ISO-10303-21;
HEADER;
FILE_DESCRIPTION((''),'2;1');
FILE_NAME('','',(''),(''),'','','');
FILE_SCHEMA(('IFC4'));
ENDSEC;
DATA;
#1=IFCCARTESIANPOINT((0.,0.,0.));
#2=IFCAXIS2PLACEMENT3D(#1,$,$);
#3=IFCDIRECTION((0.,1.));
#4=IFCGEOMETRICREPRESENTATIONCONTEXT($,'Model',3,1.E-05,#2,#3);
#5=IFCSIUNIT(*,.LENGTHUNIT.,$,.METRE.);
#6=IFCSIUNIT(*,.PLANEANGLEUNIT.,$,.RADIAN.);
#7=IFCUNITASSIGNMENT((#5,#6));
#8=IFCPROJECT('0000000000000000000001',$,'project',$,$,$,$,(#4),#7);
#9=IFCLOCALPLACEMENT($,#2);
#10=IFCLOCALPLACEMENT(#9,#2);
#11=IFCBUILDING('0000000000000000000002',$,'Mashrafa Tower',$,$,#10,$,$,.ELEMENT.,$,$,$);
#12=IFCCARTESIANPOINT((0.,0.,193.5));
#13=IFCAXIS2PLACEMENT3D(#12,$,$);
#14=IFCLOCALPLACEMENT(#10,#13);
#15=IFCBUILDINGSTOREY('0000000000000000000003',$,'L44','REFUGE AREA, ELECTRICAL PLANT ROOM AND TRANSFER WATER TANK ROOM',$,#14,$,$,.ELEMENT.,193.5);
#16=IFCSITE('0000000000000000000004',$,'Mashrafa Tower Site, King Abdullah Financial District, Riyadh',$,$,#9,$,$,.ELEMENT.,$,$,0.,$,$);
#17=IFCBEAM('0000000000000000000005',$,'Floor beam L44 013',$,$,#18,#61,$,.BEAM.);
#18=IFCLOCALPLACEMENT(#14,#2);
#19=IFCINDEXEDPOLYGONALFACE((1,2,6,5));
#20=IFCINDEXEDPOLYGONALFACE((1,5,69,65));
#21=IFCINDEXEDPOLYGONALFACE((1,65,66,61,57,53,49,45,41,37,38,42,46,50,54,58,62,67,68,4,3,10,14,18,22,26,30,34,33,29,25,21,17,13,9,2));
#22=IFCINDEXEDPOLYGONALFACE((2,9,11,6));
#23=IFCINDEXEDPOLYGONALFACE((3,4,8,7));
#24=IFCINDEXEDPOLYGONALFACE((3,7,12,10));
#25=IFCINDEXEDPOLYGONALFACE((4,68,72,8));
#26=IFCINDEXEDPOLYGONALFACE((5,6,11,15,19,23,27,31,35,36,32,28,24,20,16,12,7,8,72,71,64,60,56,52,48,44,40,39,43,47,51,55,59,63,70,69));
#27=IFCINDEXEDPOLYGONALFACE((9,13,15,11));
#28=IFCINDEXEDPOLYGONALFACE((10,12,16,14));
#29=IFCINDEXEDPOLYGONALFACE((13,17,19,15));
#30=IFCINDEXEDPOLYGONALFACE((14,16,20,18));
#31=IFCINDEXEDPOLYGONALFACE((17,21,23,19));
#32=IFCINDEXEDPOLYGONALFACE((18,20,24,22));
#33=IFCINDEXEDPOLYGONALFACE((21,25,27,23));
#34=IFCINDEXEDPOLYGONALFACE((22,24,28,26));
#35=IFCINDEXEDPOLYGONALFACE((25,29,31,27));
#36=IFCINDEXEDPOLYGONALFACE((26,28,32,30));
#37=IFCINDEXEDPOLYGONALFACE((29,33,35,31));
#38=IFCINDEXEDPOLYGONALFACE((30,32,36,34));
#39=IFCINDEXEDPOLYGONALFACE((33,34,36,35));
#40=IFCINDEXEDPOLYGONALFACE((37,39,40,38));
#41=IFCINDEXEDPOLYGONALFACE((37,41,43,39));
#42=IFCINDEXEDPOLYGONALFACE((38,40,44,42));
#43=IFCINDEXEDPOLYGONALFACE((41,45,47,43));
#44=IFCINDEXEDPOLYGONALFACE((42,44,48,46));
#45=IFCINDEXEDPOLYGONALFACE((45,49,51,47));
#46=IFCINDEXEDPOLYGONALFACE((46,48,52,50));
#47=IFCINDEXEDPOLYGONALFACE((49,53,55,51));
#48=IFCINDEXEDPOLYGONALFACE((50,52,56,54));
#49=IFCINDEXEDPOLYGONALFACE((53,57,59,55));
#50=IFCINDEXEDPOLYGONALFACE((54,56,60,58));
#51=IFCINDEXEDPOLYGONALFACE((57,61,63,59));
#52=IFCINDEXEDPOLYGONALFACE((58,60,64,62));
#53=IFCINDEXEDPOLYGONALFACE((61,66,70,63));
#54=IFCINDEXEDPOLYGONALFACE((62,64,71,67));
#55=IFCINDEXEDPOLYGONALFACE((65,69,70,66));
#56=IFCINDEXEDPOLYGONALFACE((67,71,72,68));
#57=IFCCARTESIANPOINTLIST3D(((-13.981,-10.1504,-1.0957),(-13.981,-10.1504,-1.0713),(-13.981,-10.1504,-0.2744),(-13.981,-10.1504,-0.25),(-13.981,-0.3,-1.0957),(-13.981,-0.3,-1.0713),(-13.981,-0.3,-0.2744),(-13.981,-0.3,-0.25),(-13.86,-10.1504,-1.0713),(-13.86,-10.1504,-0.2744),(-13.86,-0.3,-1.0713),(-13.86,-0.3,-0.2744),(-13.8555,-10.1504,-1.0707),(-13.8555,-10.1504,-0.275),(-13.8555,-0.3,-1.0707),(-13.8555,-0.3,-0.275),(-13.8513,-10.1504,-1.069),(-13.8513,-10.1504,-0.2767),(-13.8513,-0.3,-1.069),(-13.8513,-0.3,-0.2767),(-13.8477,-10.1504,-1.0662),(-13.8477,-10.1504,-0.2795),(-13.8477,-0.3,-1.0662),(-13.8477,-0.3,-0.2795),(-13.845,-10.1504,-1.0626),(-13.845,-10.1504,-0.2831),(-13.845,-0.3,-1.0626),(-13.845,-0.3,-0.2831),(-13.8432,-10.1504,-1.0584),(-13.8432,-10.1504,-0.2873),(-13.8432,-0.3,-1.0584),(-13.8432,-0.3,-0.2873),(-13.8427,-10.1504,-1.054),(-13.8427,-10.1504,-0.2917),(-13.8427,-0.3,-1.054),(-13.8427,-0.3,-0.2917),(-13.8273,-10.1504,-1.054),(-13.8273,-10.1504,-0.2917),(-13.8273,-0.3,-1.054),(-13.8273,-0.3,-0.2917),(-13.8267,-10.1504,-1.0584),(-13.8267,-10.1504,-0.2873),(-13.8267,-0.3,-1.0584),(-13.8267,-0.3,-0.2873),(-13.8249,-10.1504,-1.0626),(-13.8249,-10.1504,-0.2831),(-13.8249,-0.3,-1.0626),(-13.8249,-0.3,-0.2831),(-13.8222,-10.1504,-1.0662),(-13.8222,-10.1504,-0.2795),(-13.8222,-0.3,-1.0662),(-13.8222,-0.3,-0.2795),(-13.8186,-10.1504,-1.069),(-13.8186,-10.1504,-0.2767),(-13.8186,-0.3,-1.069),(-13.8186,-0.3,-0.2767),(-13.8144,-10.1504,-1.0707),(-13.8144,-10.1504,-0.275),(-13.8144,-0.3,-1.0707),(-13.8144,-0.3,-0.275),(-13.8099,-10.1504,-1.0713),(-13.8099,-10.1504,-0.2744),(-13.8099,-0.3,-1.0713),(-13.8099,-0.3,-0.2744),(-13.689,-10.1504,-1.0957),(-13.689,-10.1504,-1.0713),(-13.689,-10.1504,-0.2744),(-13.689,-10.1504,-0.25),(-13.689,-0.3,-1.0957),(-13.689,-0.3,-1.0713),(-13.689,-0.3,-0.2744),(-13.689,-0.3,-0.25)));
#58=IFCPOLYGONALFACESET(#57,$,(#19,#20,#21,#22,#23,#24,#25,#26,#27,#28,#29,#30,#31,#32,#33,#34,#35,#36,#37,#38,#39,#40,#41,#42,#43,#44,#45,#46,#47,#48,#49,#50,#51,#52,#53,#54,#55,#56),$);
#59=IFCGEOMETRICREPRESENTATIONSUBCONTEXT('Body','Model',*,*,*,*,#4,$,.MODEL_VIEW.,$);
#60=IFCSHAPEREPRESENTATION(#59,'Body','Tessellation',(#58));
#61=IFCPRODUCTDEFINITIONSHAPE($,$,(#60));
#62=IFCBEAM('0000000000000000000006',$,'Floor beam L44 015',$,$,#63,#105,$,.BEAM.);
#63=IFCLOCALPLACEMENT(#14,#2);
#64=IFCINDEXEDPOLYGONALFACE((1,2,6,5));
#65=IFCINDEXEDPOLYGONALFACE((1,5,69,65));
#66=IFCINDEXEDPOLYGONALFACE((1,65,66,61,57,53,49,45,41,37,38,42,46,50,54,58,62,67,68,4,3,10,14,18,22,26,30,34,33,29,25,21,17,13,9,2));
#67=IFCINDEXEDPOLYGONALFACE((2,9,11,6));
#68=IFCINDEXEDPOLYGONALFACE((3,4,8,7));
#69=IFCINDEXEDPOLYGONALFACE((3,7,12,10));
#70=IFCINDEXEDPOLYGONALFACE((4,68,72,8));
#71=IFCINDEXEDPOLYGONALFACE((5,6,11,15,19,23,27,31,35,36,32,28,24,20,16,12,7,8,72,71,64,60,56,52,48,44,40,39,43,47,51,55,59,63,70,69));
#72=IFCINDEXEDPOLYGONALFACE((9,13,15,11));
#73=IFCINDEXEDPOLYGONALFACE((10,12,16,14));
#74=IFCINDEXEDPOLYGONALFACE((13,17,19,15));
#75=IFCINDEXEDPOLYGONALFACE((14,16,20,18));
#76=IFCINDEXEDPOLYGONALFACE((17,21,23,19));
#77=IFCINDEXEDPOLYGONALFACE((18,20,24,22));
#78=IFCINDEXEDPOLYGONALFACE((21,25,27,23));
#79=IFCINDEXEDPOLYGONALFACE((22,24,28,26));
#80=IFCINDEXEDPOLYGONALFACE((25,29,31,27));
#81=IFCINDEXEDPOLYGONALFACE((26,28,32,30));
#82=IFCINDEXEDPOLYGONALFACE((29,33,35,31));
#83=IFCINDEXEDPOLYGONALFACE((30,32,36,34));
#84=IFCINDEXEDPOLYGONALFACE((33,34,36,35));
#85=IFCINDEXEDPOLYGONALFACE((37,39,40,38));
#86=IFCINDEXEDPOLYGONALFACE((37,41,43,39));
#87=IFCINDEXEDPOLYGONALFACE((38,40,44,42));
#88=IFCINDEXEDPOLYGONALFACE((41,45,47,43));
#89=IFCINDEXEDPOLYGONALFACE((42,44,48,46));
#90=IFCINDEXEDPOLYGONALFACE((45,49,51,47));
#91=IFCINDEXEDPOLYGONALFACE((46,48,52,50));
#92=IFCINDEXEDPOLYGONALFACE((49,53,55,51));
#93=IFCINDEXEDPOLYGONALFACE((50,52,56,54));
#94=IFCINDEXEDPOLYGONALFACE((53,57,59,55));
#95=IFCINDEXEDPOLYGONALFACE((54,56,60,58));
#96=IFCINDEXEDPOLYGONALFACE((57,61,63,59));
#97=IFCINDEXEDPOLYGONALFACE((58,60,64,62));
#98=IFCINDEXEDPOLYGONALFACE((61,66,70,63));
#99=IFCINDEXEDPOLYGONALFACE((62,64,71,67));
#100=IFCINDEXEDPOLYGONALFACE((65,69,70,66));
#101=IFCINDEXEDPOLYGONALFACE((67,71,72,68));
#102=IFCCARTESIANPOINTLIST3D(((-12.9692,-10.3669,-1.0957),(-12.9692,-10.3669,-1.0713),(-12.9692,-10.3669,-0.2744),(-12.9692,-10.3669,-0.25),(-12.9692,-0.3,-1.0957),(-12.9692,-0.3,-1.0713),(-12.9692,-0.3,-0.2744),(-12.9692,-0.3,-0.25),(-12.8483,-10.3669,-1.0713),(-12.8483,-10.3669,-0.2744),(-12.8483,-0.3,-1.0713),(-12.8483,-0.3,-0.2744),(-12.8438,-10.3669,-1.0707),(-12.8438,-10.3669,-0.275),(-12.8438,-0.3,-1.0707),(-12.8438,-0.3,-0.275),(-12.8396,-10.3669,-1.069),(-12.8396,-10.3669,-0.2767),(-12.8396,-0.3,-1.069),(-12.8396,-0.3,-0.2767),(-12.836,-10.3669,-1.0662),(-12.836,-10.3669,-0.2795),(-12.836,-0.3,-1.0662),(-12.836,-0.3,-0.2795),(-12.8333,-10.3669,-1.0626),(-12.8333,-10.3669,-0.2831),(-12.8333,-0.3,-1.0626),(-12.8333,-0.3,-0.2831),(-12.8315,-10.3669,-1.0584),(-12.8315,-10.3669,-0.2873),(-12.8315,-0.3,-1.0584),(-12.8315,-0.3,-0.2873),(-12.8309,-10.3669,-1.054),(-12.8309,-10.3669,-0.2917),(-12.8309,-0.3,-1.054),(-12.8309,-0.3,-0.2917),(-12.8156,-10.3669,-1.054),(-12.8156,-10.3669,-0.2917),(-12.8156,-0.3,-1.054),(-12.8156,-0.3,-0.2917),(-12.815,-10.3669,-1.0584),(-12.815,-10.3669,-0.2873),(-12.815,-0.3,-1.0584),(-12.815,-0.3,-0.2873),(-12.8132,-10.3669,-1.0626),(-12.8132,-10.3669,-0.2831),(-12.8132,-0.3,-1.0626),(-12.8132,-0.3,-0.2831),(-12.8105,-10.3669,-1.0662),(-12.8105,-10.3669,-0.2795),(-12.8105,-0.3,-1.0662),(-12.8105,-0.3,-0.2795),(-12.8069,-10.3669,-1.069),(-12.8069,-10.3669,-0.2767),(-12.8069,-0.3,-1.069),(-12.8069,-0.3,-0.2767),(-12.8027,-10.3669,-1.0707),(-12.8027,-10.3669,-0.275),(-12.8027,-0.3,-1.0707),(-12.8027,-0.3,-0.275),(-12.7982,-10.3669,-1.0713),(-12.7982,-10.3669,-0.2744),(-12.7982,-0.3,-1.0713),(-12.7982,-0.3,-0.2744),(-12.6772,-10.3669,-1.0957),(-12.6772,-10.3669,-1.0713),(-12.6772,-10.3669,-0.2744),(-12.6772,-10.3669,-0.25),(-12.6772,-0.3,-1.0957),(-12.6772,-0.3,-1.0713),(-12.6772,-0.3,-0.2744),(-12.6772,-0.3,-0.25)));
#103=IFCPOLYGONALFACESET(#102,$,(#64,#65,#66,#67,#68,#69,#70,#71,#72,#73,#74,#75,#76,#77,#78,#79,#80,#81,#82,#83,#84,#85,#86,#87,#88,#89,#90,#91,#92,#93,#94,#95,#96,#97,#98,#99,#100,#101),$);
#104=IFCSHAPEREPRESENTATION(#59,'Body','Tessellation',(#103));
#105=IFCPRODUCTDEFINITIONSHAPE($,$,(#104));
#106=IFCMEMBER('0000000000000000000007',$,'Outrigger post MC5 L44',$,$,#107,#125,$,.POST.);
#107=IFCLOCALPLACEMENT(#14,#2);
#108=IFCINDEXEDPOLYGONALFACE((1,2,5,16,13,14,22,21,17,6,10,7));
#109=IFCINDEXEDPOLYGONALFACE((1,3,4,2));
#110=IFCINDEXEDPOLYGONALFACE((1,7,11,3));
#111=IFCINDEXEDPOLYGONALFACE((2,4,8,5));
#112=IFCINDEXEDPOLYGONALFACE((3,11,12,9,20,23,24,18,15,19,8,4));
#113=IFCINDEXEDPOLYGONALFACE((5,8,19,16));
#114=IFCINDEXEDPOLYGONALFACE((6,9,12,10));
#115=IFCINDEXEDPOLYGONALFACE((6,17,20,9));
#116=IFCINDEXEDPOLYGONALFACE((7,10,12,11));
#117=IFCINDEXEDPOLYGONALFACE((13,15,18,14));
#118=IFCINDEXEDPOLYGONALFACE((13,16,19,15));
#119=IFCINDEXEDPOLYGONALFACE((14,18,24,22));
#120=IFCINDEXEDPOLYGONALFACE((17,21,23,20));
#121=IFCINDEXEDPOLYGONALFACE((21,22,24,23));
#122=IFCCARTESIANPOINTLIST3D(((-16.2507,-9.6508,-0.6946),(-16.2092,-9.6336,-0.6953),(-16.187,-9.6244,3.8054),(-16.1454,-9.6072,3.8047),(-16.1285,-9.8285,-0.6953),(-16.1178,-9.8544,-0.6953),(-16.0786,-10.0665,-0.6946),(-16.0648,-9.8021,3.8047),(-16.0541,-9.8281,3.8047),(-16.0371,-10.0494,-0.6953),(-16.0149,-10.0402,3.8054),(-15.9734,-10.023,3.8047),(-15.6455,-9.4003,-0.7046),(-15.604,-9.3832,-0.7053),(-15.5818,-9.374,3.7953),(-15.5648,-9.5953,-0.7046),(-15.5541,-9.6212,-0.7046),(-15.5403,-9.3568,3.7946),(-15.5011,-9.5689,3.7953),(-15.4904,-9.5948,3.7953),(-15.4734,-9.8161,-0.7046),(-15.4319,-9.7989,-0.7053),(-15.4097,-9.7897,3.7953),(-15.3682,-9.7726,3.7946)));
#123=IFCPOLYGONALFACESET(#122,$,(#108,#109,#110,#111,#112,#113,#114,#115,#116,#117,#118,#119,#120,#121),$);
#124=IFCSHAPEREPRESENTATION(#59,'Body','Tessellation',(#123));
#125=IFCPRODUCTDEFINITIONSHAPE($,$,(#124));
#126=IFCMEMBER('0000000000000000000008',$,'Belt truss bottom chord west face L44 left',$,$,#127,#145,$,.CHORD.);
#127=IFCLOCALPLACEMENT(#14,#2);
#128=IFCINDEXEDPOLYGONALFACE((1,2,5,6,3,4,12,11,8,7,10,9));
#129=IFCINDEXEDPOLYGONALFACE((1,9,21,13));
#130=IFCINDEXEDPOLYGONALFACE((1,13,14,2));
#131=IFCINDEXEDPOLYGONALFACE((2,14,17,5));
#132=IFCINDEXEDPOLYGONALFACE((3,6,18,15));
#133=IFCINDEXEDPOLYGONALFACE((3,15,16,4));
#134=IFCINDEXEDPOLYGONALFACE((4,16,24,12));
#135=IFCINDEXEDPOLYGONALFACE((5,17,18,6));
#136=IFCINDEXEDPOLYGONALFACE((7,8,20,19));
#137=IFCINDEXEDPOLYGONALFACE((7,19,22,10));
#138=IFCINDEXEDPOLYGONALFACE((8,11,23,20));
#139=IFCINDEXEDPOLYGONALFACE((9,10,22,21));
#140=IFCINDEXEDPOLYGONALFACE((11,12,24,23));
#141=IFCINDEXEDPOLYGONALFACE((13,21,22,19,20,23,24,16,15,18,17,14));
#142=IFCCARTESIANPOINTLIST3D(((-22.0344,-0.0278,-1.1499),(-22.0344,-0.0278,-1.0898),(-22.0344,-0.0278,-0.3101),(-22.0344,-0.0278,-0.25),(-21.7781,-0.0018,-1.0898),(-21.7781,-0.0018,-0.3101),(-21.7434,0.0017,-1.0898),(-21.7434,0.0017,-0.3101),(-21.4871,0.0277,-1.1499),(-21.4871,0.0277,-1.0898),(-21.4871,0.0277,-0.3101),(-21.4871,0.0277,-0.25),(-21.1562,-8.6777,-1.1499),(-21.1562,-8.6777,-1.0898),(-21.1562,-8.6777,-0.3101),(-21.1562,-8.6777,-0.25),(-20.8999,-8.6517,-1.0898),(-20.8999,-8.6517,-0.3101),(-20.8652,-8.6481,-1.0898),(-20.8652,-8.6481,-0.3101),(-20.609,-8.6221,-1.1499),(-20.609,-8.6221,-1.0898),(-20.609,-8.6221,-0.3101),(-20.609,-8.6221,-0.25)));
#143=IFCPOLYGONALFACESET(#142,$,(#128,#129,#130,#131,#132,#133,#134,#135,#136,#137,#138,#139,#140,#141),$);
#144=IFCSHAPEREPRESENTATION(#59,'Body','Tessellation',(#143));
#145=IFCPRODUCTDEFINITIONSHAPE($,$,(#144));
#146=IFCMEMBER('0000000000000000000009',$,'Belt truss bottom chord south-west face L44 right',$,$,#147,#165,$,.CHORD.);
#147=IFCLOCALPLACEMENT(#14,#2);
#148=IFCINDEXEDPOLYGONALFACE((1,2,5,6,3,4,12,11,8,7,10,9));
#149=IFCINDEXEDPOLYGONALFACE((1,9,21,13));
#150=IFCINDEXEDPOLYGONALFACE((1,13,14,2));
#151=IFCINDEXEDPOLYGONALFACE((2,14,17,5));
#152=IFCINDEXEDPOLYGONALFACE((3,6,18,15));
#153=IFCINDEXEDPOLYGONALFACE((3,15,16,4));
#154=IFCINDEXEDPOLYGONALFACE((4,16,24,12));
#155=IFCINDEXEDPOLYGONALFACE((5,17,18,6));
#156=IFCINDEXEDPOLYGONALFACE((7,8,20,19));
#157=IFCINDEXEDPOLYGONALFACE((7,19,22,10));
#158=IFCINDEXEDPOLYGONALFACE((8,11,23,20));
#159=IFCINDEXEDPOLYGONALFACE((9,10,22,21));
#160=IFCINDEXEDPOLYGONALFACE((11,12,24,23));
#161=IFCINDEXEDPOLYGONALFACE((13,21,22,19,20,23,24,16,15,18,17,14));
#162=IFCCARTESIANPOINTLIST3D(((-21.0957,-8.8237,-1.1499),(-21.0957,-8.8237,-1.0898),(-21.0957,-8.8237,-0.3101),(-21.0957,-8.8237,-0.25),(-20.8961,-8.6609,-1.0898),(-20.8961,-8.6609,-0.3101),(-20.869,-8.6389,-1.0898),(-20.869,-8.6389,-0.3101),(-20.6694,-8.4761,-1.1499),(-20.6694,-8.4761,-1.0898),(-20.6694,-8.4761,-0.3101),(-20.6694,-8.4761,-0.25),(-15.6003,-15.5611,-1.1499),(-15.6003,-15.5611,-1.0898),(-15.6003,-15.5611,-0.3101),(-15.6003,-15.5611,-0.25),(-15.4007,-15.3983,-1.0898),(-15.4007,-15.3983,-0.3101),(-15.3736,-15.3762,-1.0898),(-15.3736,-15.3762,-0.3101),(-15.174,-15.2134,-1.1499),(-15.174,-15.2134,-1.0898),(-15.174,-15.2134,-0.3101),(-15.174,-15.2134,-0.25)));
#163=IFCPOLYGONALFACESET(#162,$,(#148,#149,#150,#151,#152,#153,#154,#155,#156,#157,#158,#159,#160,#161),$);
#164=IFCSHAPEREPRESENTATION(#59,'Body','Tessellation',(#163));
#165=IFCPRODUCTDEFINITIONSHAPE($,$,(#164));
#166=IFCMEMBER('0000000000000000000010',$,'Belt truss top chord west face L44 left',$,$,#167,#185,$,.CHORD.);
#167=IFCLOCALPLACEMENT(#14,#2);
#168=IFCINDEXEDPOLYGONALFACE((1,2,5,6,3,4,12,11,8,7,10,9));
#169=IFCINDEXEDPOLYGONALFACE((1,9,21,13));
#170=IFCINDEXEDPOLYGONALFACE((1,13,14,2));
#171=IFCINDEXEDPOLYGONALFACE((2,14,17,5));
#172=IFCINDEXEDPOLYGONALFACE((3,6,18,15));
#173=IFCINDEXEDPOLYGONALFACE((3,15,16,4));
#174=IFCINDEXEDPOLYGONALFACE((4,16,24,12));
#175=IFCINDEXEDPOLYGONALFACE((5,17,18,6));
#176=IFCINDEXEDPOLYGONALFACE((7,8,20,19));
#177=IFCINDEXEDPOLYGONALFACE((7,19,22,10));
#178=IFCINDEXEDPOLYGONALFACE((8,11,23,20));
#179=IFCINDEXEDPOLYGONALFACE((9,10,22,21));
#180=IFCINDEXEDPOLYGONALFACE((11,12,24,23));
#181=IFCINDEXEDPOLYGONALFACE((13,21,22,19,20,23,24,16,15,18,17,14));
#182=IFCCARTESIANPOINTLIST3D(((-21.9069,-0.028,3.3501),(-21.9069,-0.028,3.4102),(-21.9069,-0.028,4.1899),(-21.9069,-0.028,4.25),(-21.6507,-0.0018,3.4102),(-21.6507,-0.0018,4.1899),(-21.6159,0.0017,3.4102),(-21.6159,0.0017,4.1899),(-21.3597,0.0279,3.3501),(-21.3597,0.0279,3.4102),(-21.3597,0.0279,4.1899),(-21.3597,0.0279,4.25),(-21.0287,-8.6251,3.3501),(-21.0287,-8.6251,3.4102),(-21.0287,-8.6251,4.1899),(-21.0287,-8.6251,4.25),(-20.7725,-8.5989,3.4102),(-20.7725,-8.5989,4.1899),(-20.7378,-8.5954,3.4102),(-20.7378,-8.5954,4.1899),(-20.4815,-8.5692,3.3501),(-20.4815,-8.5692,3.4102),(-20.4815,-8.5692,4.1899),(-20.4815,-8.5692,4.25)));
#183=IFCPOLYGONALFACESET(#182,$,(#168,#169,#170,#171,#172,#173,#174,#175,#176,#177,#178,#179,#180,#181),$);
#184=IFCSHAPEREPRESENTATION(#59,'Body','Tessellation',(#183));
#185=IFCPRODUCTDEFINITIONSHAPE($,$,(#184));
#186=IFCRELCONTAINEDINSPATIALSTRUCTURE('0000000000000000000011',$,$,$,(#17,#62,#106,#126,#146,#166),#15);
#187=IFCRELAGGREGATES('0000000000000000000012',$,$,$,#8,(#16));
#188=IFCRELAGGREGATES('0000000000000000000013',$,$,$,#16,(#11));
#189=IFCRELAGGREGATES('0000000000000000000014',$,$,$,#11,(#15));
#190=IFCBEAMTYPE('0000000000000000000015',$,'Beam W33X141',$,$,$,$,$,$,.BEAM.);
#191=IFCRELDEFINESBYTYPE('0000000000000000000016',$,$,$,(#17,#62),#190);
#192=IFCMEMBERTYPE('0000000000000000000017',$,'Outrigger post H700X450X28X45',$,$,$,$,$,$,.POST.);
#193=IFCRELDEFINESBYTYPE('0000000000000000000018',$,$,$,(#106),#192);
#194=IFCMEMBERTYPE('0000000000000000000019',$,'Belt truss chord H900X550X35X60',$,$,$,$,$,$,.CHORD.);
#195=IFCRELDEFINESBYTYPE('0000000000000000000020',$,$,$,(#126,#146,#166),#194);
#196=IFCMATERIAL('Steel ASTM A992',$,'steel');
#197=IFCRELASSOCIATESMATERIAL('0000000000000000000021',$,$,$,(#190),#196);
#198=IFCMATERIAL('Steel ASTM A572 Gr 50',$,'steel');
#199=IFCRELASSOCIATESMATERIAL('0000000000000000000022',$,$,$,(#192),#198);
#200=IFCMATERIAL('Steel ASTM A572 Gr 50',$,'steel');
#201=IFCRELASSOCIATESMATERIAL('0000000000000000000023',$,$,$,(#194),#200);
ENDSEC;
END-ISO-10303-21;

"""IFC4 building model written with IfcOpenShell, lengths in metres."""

from ifc_helpers import new_model, si_unit, direction, frame, origin, origin_2d, place, context, subcontext, project, spatial, i_section, extrude, source, transform, mapped, material, material_profile, profile_set, type_object, type_shapes, element, save


model = new_model("IFC4")

# Units and contexts
model_context = context("Model", 3, precision=1e-05, world=origin(), true_north=direction((0.0, 1.0)))
body_context = subcontext(model_context, "Body", "Model", "MODEL_VIEW")
ifc_project = project(units=[si_unit("LENGTHUNIT", "METRE"), si_unit("PLANEANGLEUNIT", "RADIAN")], contexts=[model_context])

# Site, building, storey
site_placement = place(None, origin())
site = spatial("IfcSite", under=ifc_project, at=site_placement, Name="Mashrafa Tower Site, King Abdullah Financial District, Riyadh", CompositionType="ELEMENT", RefElevation=0.0)
building_placement = place(site_placement, origin())
building = spatial("IfcBuilding", under=site, at=building_placement, Name="Mashrafa Tower", CompositionType="ELEMENT")
storey_placement = place(building_placement, frame((0.0, 0.0, 193.5)))
storey = spatial("IfcBuildingStorey", under=building, at=storey_placement, Name="L44", Description="REFUGE AREA, ELECTRICAL PLANT ROOM AND TRANSFER WATER TANK ROOM", CompositionType="ELEMENT", Elevation=193.5)

# Beams
ifc_material_1 = material(Name="Steel ASTM A992", Category="steel")
ifc_material_profile_1 = material_profile(ifc_material_1, i_section(OverallWidth=0.292, OverallDepth=0.8457, WebThickness=0.0154, FlangeThickness=0.0244, FilletRadius=0.0173, at=origin_2d()), Name="W33X141")
ifc_profile_set_1 = profile_set([ifc_material_profile_1], Name="Steel ASTM A992")
beam_type_1 = type_object("IfcBeamType", Name="Beam W33X141", PredefinedType="BEAM", material=ifc_profile_set_1)
beam_1_placement = place(storey_placement, frame((-13.835, -10.1504, -0.6729), z_axis=(0.0, 1.0, 0.0), x_axis=(-1.0, 0.0, 0.0)))
element("IfcBeam", 1, at=beam_1_placement, inside=storey, type_object=beam_type_1, Name="Floor beam L44 013", PredefinedType="BEAM", context=body_context, shape_type="SweptSolid", body=[
    extrude(i_section(OverallWidth=0.292, OverallDepth=0.8457, WebThickness=0.0154, FlangeThickness=0.0244, FilletRadius=0.0173, at=origin_2d()), origin(), (0.0, 0.0, 1.0), 9.8503),
])
beam_2_placement = place(storey_placement, frame((-12.8232, -10.3669, -0.6729), z_axis=(0.0, 1.0, 0.0), x_axis=(-1.0, 0.0, 0.0)))
element("IfcBeam", 2, at=beam_2_placement, inside=storey, type_object=beam_type_1, Name="Floor beam L44 015", PredefinedType="BEAM", context=body_context, shape_type="SweptSolid", body=[
    extrude(i_section(OverallWidth=0.292, OverallDepth=0.8457, WebThickness=0.0154, FlangeThickness=0.0244, FilletRadius=0.0173, at=origin_2d()), origin(), (0.0, 0.0, 1.0), 10.0669),
])

# Members
ifc_material_2 = material(Name="Steel ASTM A572 Gr 50", Category="steel")
ifc_material_profile_2 = material_profile(ifc_material_2, i_section(OverallWidth=0.45, OverallDepth=0.7, WebThickness=0.0281, FlangeThickness=0.0449, at=origin_2d()), Name="H700X450X28X45")
ifc_profile_set_2 = profile_set([ifc_material_profile_2], Name="Steel ASTM A572 Gr 50")
member_type_1 = type_object("IfcMemberType", Name="Outrigger post H700X450X28X45", PredefinedType="POST", material=ifc_profile_set_2)
shared_shape_1 = source(origin(), body_context, "Body", "SweptSolid", [
    extrude(i_section(OverallWidth=0.45, OverallDepth=0.7, WebThickness=0.0281, FlangeThickness=0.0449, at=origin_2d()), origin(), (0.0, 0.0, 1.0), 4.5005),
])
type_shapes(member_type_1, [shared_shape_1])
member_1_placement = place(storey_placement, frame((-15.8413, -9.7249, -0.7), z_axis=(0.014158, 0.005859, 0.999883), x_axis=(-0.382352, 0.924017, 0.0)))
element("IfcMember", 3, at=member_1_placement, inside=storey, type_object=member_type_1, Name="Outrigger post MC5 L44", PredefinedType="POST", context=body_context, shape_type="MappedRepresentation", body=[
    mapped(shared_shape_1, transform((0.0, 0.0, 0.0))),
])
ifc_material_3 = material(Name="Steel ASTM A572 Gr 50", Category="steel")
ifc_material_profile_3 = material_profile(ifc_material_3, i_section(OverallWidth=0.55, OverallDepth=0.8999, WebThickness=0.0349, FlangeThickness=0.0601, at=origin_2d()), Name="H900X550X35X60")
ifc_profile_set_3 = profile_set([ifc_material_profile_3], Name="Steel ASTM A572 Gr 50")
member_type_2 = type_object("IfcMemberType", Name="Belt truss chord H900X550X35X60", PredefinedType="CHORD", material=ifc_profile_set_3)
shared_shape_2 = source(origin(), body_context, "Body", "SweptSolid", [
    extrude(i_section(OverallWidth=0.55, OverallDepth=0.8999, WebThickness=0.0349, FlangeThickness=0.0601, at=origin_2d()), origin(), (0.0, 0.0, 1.0), 8.6943),
])
for number, where, z_axis, x_axis, name in (
    (4, (-20.8826, -8.6499, -0.7), (-0.101005, 0.994886, 0.0), (-0.994886, -0.101005, 0.0), "Belt truss bottom chord west face L44 left"),
    (5, (-20.8826, -8.6499, -0.7), (0.632067, -0.774914, 0.0), (0.774914, 0.632067, 0.0), "Belt truss bottom chord south-west face L44 right"),
):
    element("IfcMember", number, at=place(storey_placement, frame(where, z_axis=z_axis, x_axis=x_axis)), inside=storey, type_object=member_type_2, Name=name, PredefinedType="CHORD", context=body_context, shape_type="MappedRepresentation", body=[
        mapped(shared_shape_2, transform((0.0, 0.0, 0.0))),
    ])
shared_shape_3 = source(origin(), body_context, "Body", "SweptSolid", [
    extrude(i_section(OverallWidth=0.55, OverallDepth=0.8999, WebThickness=0.0349, FlangeThickness=0.0601, at=origin_2d()), origin(), (0.0, 0.0, 1.0), 8.6418),
])
member_2_placement = place(storey_placement, frame((-20.7551, -8.5972, 3.8), z_axis=(-0.101618, 0.994823, 0.0), x_axis=(-0.994823, -0.101618, 0.0)))
element("IfcMember", 6, at=member_2_placement, inside=storey, type_object=member_type_2, Name="Belt truss top chord west face L44 left", PredefinedType="CHORD", context=body_context, shape_type="MappedRepresentation", body=[
    mapped(shared_shape_3, transform((0.0, 0.0, 0.0))),
])

save(model, "model.ifc")
